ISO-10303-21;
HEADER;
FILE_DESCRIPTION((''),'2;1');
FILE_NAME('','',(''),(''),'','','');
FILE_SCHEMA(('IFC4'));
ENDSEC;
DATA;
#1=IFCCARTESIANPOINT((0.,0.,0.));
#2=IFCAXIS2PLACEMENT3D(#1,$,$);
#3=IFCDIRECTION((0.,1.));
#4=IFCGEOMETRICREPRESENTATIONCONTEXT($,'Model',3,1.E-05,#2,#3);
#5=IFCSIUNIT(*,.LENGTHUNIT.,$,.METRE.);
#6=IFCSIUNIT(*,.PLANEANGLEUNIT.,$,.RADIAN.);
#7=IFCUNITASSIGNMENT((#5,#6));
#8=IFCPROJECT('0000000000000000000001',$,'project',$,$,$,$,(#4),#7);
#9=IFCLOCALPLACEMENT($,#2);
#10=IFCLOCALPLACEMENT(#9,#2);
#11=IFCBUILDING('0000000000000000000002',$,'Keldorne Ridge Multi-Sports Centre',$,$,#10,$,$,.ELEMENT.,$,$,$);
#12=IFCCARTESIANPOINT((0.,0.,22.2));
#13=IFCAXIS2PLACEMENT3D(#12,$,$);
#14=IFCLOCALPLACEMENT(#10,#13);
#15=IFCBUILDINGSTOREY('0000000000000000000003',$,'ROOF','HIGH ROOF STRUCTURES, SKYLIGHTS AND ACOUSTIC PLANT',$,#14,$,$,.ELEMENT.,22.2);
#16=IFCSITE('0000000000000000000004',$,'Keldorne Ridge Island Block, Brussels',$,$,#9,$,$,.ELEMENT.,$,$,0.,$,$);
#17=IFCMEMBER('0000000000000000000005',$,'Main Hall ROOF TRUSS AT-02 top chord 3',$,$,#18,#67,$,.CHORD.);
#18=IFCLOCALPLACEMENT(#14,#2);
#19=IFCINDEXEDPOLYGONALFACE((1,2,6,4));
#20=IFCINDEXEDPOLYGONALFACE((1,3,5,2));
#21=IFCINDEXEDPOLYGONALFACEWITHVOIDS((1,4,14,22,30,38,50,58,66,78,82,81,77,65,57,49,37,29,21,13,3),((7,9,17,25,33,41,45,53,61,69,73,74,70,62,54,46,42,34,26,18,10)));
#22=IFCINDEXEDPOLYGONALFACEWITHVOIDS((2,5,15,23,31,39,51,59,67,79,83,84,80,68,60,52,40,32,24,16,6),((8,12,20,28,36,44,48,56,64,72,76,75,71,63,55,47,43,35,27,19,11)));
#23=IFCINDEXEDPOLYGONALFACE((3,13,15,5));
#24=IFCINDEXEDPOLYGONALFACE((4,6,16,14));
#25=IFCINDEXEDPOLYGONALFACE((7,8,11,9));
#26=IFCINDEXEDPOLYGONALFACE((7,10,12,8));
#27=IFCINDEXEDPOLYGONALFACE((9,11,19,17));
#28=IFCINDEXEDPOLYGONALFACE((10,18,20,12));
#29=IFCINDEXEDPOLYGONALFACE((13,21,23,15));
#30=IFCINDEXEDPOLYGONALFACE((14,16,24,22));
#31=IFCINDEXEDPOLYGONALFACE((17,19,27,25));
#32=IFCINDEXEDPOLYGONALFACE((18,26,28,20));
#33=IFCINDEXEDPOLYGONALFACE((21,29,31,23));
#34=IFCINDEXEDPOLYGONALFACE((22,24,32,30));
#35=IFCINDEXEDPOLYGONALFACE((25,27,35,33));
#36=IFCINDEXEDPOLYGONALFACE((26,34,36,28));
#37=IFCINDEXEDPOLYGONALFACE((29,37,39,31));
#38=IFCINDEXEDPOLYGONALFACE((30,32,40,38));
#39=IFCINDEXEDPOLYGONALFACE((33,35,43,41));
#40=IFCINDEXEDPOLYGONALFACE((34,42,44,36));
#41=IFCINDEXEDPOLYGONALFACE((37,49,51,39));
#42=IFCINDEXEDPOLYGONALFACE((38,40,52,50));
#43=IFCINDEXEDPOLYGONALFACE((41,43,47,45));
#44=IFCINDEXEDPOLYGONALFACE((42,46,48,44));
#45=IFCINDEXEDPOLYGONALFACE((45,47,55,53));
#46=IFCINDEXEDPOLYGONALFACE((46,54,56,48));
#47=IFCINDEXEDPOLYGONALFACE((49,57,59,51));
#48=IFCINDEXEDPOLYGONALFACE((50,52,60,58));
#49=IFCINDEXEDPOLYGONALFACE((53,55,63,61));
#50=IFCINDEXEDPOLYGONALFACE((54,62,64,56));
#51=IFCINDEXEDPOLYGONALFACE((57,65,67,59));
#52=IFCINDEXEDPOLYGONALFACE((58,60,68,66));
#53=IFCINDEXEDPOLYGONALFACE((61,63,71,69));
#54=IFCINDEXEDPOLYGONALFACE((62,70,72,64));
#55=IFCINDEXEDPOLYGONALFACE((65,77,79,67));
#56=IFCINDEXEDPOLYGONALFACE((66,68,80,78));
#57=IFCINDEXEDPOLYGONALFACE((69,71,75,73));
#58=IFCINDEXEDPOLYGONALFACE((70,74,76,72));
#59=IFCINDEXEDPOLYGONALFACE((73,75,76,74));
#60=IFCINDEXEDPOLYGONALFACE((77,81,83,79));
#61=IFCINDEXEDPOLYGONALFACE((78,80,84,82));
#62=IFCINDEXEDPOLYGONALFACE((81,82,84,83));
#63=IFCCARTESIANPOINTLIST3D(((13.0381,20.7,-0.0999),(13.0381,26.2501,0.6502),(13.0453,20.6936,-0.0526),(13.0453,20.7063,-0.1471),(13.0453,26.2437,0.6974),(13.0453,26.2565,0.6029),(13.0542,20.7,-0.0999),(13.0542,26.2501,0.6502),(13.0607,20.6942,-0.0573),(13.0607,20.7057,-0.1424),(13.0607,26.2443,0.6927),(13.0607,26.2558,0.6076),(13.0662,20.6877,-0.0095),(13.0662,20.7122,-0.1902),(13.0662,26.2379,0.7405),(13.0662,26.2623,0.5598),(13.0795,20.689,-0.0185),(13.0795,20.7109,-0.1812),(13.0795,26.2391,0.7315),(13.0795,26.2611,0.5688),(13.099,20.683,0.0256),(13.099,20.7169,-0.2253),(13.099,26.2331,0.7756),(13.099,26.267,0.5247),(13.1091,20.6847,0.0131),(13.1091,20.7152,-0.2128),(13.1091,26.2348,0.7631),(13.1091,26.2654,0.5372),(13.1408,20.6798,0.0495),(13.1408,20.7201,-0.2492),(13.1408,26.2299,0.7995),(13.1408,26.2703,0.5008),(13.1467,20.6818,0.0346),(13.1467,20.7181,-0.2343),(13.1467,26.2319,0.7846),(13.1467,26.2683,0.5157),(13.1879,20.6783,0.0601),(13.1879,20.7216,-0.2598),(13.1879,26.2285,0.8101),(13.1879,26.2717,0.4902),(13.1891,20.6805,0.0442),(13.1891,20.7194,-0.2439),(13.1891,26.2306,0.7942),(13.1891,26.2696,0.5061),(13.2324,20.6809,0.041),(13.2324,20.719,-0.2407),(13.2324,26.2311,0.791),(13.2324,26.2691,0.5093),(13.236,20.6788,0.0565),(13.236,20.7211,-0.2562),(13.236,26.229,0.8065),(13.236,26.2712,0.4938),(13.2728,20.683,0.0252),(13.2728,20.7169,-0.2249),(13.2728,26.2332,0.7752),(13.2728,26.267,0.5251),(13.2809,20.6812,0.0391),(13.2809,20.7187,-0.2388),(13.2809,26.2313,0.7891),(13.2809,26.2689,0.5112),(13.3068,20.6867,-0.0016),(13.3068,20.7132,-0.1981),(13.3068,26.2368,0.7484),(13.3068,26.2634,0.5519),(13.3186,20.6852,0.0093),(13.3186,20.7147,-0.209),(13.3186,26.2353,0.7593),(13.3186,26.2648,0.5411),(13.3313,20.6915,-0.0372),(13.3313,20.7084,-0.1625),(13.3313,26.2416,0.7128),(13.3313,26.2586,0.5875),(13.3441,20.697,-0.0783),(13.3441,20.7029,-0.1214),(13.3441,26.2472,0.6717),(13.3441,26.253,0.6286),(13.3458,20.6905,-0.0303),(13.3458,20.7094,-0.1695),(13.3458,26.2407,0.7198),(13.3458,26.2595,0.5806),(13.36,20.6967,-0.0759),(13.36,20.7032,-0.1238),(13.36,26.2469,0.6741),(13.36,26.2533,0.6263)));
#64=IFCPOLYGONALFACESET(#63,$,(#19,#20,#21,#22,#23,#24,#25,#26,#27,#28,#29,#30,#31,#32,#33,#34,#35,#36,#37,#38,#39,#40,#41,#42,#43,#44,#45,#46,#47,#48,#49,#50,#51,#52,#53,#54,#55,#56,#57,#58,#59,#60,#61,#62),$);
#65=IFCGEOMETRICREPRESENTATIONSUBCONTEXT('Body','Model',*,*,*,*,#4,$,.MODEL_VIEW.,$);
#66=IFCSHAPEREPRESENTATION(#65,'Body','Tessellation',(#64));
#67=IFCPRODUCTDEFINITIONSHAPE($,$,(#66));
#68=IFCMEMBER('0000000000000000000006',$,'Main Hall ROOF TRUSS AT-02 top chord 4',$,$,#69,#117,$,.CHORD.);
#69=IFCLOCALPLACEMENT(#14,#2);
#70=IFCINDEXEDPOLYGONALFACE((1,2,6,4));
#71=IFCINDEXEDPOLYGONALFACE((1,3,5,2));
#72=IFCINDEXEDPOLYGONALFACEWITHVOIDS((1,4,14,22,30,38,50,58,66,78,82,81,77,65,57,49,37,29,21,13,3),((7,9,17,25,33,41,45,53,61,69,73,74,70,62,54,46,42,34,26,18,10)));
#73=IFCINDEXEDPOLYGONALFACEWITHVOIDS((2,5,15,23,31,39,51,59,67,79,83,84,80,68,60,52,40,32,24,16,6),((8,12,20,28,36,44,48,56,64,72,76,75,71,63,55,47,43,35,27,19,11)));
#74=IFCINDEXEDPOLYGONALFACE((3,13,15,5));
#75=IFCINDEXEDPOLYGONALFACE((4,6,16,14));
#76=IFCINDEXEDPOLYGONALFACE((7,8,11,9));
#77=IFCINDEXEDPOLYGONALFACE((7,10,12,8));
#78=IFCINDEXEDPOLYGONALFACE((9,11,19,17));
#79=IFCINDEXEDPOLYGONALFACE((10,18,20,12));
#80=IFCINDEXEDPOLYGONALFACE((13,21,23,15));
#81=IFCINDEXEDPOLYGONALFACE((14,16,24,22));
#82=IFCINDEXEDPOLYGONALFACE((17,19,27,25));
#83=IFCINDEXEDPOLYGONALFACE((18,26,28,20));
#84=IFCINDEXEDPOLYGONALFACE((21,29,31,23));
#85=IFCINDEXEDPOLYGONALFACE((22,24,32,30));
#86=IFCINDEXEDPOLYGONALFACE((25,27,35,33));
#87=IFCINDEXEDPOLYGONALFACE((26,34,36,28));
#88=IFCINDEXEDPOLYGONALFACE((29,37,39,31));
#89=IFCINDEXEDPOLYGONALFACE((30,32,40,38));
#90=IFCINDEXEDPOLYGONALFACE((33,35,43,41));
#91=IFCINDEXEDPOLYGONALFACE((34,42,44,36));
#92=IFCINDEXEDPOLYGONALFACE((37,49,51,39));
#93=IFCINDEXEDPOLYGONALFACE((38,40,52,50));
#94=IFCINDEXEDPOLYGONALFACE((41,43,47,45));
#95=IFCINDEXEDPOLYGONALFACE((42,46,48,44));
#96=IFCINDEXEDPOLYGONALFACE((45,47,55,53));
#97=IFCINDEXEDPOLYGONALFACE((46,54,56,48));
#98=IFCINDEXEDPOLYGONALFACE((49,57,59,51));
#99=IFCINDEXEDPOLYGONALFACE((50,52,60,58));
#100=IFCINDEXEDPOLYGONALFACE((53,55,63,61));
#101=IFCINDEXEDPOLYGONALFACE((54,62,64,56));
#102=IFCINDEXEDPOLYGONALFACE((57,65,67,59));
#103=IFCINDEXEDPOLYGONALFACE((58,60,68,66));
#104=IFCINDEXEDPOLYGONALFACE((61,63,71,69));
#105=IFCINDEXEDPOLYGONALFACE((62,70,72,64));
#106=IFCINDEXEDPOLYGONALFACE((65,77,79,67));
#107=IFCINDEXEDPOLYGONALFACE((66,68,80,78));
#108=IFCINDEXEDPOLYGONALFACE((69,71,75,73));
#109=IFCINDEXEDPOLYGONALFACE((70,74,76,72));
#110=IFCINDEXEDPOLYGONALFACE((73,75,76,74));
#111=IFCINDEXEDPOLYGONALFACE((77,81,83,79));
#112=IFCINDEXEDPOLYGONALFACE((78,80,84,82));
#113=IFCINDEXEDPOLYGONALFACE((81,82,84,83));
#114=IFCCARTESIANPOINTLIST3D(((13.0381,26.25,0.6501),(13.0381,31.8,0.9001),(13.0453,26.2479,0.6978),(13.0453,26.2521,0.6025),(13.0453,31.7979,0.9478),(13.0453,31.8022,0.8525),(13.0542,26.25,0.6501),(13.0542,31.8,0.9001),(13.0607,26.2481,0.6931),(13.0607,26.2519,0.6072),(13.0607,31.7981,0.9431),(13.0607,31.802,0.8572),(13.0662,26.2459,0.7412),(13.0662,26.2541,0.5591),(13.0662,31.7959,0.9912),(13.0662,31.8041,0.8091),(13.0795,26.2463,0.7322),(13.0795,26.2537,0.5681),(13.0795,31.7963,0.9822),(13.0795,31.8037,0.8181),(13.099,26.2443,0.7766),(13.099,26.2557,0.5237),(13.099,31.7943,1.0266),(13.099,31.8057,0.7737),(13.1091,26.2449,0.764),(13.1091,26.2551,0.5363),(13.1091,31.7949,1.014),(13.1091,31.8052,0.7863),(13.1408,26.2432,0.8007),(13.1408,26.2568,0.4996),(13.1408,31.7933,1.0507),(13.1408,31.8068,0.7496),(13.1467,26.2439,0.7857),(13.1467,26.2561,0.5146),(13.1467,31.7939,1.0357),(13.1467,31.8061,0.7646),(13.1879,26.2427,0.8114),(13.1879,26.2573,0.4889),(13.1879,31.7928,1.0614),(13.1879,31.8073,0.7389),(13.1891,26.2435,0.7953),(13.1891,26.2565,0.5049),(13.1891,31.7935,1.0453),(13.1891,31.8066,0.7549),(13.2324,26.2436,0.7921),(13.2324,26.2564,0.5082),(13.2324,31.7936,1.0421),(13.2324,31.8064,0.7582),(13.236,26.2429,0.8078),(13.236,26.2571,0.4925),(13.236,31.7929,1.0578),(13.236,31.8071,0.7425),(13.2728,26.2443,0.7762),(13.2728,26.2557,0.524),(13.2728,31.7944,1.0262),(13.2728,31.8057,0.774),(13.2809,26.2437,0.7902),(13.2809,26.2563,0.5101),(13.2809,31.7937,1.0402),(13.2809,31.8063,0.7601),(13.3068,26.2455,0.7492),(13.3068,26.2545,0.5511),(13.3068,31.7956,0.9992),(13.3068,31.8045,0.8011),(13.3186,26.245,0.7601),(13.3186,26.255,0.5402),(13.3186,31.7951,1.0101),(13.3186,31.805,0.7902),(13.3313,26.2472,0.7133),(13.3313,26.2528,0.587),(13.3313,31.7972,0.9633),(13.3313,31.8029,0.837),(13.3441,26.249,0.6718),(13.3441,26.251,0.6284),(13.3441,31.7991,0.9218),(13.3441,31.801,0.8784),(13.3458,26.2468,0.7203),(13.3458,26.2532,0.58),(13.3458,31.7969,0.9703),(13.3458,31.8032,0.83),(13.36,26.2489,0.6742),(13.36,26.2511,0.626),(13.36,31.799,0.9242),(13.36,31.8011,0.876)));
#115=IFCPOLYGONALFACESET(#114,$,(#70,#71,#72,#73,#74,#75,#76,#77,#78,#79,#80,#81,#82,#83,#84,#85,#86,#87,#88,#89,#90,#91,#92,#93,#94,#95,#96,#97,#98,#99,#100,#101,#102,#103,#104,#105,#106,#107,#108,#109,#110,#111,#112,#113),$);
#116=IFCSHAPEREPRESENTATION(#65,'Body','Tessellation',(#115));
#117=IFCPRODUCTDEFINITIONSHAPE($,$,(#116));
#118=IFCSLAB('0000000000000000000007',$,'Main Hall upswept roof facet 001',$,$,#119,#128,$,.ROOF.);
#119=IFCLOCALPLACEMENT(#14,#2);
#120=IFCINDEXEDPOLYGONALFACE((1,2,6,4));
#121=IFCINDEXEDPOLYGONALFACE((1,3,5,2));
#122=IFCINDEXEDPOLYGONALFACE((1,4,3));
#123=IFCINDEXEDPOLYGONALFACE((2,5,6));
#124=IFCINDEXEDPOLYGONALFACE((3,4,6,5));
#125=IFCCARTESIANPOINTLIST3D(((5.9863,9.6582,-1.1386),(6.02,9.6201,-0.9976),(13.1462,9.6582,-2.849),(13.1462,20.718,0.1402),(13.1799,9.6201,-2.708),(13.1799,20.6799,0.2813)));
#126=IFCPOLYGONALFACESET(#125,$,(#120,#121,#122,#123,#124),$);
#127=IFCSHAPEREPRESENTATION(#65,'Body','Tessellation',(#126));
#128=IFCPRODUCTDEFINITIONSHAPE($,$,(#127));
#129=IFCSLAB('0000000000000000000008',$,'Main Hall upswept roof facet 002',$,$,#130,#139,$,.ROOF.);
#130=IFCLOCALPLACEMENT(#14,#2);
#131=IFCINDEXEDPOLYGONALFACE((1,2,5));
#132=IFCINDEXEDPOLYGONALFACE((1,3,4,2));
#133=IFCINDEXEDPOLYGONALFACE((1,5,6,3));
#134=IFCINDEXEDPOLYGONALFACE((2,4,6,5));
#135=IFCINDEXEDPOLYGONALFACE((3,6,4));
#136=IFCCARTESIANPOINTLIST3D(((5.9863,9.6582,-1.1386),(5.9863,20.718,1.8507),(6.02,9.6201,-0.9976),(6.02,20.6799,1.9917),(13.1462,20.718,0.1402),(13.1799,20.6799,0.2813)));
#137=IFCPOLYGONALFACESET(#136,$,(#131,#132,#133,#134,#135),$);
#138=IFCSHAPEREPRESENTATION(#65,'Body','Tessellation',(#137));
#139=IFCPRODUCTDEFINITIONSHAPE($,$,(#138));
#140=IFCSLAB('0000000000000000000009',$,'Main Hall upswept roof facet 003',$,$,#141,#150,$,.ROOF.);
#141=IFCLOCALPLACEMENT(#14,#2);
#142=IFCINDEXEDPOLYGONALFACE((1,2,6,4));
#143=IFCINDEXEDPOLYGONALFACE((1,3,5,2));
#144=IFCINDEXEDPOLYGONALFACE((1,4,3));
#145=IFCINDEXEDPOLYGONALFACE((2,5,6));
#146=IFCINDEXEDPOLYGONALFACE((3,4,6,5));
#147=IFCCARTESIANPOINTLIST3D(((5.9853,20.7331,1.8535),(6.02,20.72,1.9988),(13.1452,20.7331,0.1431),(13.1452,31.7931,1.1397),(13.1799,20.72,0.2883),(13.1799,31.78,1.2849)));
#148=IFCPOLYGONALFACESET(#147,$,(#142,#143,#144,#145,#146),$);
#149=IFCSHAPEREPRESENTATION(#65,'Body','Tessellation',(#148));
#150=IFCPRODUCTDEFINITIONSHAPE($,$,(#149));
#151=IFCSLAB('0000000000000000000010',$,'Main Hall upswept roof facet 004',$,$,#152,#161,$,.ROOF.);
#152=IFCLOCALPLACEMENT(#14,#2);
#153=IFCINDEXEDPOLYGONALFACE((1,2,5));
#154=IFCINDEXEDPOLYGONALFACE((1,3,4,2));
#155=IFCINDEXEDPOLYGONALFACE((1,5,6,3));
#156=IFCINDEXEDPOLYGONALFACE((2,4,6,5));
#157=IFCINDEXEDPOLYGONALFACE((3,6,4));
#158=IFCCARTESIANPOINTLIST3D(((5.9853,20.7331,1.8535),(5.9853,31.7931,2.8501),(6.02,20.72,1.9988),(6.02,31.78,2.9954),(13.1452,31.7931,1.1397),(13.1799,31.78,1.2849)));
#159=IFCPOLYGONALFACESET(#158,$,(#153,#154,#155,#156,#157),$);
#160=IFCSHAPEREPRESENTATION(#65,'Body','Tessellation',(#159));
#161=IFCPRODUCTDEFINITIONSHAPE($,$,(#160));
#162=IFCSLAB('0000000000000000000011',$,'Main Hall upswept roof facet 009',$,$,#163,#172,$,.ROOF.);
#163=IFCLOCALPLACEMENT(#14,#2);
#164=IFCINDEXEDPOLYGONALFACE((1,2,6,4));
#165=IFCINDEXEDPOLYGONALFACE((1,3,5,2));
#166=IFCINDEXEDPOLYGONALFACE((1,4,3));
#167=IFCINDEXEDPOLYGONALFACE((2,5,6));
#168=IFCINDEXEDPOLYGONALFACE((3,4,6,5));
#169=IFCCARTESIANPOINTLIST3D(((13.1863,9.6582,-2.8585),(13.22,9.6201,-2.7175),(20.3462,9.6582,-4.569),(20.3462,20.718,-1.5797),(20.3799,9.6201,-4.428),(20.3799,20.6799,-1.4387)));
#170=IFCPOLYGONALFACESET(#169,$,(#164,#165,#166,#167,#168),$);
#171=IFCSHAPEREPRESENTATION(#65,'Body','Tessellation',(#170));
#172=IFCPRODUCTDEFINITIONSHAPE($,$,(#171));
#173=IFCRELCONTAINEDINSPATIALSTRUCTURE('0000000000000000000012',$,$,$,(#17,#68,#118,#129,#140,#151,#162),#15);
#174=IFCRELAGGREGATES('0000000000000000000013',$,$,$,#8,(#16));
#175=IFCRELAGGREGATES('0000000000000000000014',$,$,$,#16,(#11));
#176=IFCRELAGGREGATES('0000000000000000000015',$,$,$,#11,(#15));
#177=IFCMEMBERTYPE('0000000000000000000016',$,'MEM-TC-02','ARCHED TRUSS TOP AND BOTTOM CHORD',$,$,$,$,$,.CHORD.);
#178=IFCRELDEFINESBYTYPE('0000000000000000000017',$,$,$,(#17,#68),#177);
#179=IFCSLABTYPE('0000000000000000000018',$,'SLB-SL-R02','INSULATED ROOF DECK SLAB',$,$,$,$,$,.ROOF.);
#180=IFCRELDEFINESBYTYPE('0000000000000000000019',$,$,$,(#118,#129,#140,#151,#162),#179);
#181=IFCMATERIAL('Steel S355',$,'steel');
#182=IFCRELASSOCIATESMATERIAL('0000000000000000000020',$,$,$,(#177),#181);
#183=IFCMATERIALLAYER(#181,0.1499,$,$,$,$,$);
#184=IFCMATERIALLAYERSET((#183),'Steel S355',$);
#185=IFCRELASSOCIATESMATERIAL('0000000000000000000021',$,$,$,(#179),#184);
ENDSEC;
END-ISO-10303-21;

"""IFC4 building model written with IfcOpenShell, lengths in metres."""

from ifc_helpers import new_model, si_unit, direction, frame, origin, origin_2d, place, context, subcontext, project, spatial, polyline, hollow_circle, outline, extrude, material, layer, layer_set, material_profile, profile_set, type_object, element, save


model = new_model("IFC4")

# Units and contexts
model_context = context("Model", 3, precision=1e-05, world=origin(), true_north=direction((0.0, 1.0)))
body_context = subcontext(model_context, "Body", "Model", "MODEL_VIEW")
ifc_project = project(units=[si_unit("LENGTHUNIT", "METRE"), si_unit("PLANEANGLEUNIT", "RADIAN")], contexts=[model_context])

# Site, building, storey
site_placement = place(None, origin())
site = spatial("IfcSite", under=ifc_project, at=site_placement, Name="Keldorne Ridge Island Block, Brussels", CompositionType="ELEMENT", RefElevation=0.0)
building_placement = place(site_placement, origin())
building = spatial("IfcBuilding", under=site, at=building_placement, Name="Keldorne Ridge Multi-Sports Centre", CompositionType="ELEMENT")
storey_placement = place(building_placement, frame((0.0, 0.0, 22.2)))
storey = spatial("IfcBuildingStorey", under=building, at=storey_placement, Name="ROOF", Description="HIGH ROOF STRUCTURES, SKYLIGHTS AND ACOUSTIC PLANT", CompositionType="ELEMENT", Elevation=22.2)

# Members
ifc_material = material(Name="Steel S355", Category="steel")
ifc_material_profile_1 = material_profile(ifc_material, hollow_circle(Radius=0.1619, WallThickness=0.0161, at=origin_2d()), Name="CHS 323.9x16")
ifc_profile_set_1 = profile_set([ifc_material_profile_1], Name="Steel S355")
member_type_1 = type_object("IfcMemberType", Name="MEM-TC-02", Description="ARCHED TRUSS TOP AND BOTTOM CHORD", PredefinedType="CHORD", material=ifc_profile_set_1)
member_1_placement = place(storey_placement, frame((13.2, 20.7, -0.0999), z_axis=(0.0, 0.990993, 0.133917), x_axis=(-1.0, 0.0, 0.0)))
element("IfcMember", 1, at=member_1_placement, inside=storey, type_object=member_type_1, Name="Main Hall ROOF TRUSS AT-02 top chord 3", PredefinedType="CHORD", context=body_context, shape_type="SweptSolid", body=[
    extrude(hollow_circle(Radius=0.1619, WallThickness=0.0161, at=origin_2d()), origin(), (0.0, 0.0, 1.0), 5.6006),
])
member_2_placement = place(storey_placement, frame((13.2, 26.25, 0.6501), z_axis=(0.0, 0.998987, 0.044999), x_axis=(-1.0, 0.0, 0.0)))
element("IfcMember", 2, at=member_2_placement, inside=storey, type_object=member_type_1, Name="Main Hall ROOF TRUSS AT-02 top chord 4", PredefinedType="CHORD", context=body_context, shape_type="SweptSolid", body=[
    extrude(hollow_circle(Radius=0.1619, WallThickness=0.0161, at=origin_2d()), origin(), (0.0, 0.0, 1.0), 5.5557),
])

# Slabs
ifc_layer = layer(ifc_material, 0.1499)
ifc_layer_set = layer_set([ifc_layer], Name="Steel S355")
slab_type = type_object("IfcSlabType", Name="SLB-SL-R02", Description="INSULATED ROOF DECK SLAB", PredefinedType="ROOF", material=ifc_layer_set)
slab_1_placement = place(storey_placement, frame((6.02, 9.6201, -0.9976), z_axis=(0.224719, -0.254245, 0.94067), x_axis=(0.972631, 0.0, -0.232354)))
element("IfcSlab", 3, at=slab_1_placement, inside=storey, type_object=slab_type, Name="Main Hall upswept roof facet 001", PredefinedType="ROOF", context=body_context, shape_type="SweptSolid", body=[
    extrude(outline(polyline([(0.0, 0.0), (7.3614, 0.0), (6.6668, 11.4356), (0.0, 0.0)])), origin(), (0.0, 0.0, -1.0), 0.1499),
])
slab_2_placement = place(storey_placement, frame((6.02, 9.6201, -0.9976), z_axis=(0.224719, -0.254245, 0.94067), x_axis=(0.5409, 0.83552, 0.096608)))
element("IfcSlab", 4, at=slab_2_placement, inside=storey, type_object=slab_type, Name="Main Hall upswept roof facet 002", PredefinedType="ROOF", context=body_context, shape_type="SweptSolid", body=[
    extrude(outline(polyline([(0.0, 0.0), (13.237, 0.0), (9.5295, 6.3596), (0.0, 0.0)])), origin(), (0.0, 0.0, -1.0), 0.1499),
])
slab_3_placement = place(storey_placement, frame((6.02, 20.72, 1.9988), z_axis=(0.231467, -0.087306, 0.968917), x_axis=(0.972631, 0.0, -0.232354)))
element("IfcSlab", 5, at=slab_3_placement, inside=storey, type_object=slab_type, Name="Main Hall upswept roof facet 003", PredefinedType="ROOF", context=body_context, shape_type="SweptSolid", body=[
    extrude(outline(polyline([(0.0, 0.0), (7.3614, 0.0), (7.1298, 11.1025), (0.0, 0.0)])), origin(), (0.0, 0.0, -1.0), 0.1499),
])
slab_4_placement = place(storey_placement, frame((6.02, 20.72, 1.9988), z_axis=(0.231467, -0.087306, 0.968917), x_axis=(0.542637, 0.838223, -0.054103)))
element("IfcSlab", 6, at=slab_4_placement, inside=storey, type_object=slab_type, Name="Main Hall upswept roof facet 004", PredefinedType="ROOF", context=body_context, shape_type="SweptSolid", body=[
    extrude(outline(polyline([(0.0, 0.0), (13.1947, 0.0), (9.2169, 6.1941), (0.0, 0.0)])), origin(), (0.0, 0.0, -1.0), 0.1499),
])
slab_5_placement = place(storey_placement, frame((13.22, 9.6201, -2.7175), z_axis=(0.224719, -0.254245, 0.94067), x_axis=(0.972631, 0.0, -0.232354)))
element("IfcSlab", 7, at=slab_5_placement, inside=storey, type_object=slab_type, Name="Main Hall upswept roof facet 009", PredefinedType="ROOF", context=body_context, shape_type="SweptSolid", body=[
    extrude(outline(polyline([(0.0, 0.0), (7.3614, 0.0), (6.6668, 11.4356), (0.0, 0.0)])), origin(), (0.0, 0.0, -1.0), 0.1499),
])

save(model, "model.ifc")
